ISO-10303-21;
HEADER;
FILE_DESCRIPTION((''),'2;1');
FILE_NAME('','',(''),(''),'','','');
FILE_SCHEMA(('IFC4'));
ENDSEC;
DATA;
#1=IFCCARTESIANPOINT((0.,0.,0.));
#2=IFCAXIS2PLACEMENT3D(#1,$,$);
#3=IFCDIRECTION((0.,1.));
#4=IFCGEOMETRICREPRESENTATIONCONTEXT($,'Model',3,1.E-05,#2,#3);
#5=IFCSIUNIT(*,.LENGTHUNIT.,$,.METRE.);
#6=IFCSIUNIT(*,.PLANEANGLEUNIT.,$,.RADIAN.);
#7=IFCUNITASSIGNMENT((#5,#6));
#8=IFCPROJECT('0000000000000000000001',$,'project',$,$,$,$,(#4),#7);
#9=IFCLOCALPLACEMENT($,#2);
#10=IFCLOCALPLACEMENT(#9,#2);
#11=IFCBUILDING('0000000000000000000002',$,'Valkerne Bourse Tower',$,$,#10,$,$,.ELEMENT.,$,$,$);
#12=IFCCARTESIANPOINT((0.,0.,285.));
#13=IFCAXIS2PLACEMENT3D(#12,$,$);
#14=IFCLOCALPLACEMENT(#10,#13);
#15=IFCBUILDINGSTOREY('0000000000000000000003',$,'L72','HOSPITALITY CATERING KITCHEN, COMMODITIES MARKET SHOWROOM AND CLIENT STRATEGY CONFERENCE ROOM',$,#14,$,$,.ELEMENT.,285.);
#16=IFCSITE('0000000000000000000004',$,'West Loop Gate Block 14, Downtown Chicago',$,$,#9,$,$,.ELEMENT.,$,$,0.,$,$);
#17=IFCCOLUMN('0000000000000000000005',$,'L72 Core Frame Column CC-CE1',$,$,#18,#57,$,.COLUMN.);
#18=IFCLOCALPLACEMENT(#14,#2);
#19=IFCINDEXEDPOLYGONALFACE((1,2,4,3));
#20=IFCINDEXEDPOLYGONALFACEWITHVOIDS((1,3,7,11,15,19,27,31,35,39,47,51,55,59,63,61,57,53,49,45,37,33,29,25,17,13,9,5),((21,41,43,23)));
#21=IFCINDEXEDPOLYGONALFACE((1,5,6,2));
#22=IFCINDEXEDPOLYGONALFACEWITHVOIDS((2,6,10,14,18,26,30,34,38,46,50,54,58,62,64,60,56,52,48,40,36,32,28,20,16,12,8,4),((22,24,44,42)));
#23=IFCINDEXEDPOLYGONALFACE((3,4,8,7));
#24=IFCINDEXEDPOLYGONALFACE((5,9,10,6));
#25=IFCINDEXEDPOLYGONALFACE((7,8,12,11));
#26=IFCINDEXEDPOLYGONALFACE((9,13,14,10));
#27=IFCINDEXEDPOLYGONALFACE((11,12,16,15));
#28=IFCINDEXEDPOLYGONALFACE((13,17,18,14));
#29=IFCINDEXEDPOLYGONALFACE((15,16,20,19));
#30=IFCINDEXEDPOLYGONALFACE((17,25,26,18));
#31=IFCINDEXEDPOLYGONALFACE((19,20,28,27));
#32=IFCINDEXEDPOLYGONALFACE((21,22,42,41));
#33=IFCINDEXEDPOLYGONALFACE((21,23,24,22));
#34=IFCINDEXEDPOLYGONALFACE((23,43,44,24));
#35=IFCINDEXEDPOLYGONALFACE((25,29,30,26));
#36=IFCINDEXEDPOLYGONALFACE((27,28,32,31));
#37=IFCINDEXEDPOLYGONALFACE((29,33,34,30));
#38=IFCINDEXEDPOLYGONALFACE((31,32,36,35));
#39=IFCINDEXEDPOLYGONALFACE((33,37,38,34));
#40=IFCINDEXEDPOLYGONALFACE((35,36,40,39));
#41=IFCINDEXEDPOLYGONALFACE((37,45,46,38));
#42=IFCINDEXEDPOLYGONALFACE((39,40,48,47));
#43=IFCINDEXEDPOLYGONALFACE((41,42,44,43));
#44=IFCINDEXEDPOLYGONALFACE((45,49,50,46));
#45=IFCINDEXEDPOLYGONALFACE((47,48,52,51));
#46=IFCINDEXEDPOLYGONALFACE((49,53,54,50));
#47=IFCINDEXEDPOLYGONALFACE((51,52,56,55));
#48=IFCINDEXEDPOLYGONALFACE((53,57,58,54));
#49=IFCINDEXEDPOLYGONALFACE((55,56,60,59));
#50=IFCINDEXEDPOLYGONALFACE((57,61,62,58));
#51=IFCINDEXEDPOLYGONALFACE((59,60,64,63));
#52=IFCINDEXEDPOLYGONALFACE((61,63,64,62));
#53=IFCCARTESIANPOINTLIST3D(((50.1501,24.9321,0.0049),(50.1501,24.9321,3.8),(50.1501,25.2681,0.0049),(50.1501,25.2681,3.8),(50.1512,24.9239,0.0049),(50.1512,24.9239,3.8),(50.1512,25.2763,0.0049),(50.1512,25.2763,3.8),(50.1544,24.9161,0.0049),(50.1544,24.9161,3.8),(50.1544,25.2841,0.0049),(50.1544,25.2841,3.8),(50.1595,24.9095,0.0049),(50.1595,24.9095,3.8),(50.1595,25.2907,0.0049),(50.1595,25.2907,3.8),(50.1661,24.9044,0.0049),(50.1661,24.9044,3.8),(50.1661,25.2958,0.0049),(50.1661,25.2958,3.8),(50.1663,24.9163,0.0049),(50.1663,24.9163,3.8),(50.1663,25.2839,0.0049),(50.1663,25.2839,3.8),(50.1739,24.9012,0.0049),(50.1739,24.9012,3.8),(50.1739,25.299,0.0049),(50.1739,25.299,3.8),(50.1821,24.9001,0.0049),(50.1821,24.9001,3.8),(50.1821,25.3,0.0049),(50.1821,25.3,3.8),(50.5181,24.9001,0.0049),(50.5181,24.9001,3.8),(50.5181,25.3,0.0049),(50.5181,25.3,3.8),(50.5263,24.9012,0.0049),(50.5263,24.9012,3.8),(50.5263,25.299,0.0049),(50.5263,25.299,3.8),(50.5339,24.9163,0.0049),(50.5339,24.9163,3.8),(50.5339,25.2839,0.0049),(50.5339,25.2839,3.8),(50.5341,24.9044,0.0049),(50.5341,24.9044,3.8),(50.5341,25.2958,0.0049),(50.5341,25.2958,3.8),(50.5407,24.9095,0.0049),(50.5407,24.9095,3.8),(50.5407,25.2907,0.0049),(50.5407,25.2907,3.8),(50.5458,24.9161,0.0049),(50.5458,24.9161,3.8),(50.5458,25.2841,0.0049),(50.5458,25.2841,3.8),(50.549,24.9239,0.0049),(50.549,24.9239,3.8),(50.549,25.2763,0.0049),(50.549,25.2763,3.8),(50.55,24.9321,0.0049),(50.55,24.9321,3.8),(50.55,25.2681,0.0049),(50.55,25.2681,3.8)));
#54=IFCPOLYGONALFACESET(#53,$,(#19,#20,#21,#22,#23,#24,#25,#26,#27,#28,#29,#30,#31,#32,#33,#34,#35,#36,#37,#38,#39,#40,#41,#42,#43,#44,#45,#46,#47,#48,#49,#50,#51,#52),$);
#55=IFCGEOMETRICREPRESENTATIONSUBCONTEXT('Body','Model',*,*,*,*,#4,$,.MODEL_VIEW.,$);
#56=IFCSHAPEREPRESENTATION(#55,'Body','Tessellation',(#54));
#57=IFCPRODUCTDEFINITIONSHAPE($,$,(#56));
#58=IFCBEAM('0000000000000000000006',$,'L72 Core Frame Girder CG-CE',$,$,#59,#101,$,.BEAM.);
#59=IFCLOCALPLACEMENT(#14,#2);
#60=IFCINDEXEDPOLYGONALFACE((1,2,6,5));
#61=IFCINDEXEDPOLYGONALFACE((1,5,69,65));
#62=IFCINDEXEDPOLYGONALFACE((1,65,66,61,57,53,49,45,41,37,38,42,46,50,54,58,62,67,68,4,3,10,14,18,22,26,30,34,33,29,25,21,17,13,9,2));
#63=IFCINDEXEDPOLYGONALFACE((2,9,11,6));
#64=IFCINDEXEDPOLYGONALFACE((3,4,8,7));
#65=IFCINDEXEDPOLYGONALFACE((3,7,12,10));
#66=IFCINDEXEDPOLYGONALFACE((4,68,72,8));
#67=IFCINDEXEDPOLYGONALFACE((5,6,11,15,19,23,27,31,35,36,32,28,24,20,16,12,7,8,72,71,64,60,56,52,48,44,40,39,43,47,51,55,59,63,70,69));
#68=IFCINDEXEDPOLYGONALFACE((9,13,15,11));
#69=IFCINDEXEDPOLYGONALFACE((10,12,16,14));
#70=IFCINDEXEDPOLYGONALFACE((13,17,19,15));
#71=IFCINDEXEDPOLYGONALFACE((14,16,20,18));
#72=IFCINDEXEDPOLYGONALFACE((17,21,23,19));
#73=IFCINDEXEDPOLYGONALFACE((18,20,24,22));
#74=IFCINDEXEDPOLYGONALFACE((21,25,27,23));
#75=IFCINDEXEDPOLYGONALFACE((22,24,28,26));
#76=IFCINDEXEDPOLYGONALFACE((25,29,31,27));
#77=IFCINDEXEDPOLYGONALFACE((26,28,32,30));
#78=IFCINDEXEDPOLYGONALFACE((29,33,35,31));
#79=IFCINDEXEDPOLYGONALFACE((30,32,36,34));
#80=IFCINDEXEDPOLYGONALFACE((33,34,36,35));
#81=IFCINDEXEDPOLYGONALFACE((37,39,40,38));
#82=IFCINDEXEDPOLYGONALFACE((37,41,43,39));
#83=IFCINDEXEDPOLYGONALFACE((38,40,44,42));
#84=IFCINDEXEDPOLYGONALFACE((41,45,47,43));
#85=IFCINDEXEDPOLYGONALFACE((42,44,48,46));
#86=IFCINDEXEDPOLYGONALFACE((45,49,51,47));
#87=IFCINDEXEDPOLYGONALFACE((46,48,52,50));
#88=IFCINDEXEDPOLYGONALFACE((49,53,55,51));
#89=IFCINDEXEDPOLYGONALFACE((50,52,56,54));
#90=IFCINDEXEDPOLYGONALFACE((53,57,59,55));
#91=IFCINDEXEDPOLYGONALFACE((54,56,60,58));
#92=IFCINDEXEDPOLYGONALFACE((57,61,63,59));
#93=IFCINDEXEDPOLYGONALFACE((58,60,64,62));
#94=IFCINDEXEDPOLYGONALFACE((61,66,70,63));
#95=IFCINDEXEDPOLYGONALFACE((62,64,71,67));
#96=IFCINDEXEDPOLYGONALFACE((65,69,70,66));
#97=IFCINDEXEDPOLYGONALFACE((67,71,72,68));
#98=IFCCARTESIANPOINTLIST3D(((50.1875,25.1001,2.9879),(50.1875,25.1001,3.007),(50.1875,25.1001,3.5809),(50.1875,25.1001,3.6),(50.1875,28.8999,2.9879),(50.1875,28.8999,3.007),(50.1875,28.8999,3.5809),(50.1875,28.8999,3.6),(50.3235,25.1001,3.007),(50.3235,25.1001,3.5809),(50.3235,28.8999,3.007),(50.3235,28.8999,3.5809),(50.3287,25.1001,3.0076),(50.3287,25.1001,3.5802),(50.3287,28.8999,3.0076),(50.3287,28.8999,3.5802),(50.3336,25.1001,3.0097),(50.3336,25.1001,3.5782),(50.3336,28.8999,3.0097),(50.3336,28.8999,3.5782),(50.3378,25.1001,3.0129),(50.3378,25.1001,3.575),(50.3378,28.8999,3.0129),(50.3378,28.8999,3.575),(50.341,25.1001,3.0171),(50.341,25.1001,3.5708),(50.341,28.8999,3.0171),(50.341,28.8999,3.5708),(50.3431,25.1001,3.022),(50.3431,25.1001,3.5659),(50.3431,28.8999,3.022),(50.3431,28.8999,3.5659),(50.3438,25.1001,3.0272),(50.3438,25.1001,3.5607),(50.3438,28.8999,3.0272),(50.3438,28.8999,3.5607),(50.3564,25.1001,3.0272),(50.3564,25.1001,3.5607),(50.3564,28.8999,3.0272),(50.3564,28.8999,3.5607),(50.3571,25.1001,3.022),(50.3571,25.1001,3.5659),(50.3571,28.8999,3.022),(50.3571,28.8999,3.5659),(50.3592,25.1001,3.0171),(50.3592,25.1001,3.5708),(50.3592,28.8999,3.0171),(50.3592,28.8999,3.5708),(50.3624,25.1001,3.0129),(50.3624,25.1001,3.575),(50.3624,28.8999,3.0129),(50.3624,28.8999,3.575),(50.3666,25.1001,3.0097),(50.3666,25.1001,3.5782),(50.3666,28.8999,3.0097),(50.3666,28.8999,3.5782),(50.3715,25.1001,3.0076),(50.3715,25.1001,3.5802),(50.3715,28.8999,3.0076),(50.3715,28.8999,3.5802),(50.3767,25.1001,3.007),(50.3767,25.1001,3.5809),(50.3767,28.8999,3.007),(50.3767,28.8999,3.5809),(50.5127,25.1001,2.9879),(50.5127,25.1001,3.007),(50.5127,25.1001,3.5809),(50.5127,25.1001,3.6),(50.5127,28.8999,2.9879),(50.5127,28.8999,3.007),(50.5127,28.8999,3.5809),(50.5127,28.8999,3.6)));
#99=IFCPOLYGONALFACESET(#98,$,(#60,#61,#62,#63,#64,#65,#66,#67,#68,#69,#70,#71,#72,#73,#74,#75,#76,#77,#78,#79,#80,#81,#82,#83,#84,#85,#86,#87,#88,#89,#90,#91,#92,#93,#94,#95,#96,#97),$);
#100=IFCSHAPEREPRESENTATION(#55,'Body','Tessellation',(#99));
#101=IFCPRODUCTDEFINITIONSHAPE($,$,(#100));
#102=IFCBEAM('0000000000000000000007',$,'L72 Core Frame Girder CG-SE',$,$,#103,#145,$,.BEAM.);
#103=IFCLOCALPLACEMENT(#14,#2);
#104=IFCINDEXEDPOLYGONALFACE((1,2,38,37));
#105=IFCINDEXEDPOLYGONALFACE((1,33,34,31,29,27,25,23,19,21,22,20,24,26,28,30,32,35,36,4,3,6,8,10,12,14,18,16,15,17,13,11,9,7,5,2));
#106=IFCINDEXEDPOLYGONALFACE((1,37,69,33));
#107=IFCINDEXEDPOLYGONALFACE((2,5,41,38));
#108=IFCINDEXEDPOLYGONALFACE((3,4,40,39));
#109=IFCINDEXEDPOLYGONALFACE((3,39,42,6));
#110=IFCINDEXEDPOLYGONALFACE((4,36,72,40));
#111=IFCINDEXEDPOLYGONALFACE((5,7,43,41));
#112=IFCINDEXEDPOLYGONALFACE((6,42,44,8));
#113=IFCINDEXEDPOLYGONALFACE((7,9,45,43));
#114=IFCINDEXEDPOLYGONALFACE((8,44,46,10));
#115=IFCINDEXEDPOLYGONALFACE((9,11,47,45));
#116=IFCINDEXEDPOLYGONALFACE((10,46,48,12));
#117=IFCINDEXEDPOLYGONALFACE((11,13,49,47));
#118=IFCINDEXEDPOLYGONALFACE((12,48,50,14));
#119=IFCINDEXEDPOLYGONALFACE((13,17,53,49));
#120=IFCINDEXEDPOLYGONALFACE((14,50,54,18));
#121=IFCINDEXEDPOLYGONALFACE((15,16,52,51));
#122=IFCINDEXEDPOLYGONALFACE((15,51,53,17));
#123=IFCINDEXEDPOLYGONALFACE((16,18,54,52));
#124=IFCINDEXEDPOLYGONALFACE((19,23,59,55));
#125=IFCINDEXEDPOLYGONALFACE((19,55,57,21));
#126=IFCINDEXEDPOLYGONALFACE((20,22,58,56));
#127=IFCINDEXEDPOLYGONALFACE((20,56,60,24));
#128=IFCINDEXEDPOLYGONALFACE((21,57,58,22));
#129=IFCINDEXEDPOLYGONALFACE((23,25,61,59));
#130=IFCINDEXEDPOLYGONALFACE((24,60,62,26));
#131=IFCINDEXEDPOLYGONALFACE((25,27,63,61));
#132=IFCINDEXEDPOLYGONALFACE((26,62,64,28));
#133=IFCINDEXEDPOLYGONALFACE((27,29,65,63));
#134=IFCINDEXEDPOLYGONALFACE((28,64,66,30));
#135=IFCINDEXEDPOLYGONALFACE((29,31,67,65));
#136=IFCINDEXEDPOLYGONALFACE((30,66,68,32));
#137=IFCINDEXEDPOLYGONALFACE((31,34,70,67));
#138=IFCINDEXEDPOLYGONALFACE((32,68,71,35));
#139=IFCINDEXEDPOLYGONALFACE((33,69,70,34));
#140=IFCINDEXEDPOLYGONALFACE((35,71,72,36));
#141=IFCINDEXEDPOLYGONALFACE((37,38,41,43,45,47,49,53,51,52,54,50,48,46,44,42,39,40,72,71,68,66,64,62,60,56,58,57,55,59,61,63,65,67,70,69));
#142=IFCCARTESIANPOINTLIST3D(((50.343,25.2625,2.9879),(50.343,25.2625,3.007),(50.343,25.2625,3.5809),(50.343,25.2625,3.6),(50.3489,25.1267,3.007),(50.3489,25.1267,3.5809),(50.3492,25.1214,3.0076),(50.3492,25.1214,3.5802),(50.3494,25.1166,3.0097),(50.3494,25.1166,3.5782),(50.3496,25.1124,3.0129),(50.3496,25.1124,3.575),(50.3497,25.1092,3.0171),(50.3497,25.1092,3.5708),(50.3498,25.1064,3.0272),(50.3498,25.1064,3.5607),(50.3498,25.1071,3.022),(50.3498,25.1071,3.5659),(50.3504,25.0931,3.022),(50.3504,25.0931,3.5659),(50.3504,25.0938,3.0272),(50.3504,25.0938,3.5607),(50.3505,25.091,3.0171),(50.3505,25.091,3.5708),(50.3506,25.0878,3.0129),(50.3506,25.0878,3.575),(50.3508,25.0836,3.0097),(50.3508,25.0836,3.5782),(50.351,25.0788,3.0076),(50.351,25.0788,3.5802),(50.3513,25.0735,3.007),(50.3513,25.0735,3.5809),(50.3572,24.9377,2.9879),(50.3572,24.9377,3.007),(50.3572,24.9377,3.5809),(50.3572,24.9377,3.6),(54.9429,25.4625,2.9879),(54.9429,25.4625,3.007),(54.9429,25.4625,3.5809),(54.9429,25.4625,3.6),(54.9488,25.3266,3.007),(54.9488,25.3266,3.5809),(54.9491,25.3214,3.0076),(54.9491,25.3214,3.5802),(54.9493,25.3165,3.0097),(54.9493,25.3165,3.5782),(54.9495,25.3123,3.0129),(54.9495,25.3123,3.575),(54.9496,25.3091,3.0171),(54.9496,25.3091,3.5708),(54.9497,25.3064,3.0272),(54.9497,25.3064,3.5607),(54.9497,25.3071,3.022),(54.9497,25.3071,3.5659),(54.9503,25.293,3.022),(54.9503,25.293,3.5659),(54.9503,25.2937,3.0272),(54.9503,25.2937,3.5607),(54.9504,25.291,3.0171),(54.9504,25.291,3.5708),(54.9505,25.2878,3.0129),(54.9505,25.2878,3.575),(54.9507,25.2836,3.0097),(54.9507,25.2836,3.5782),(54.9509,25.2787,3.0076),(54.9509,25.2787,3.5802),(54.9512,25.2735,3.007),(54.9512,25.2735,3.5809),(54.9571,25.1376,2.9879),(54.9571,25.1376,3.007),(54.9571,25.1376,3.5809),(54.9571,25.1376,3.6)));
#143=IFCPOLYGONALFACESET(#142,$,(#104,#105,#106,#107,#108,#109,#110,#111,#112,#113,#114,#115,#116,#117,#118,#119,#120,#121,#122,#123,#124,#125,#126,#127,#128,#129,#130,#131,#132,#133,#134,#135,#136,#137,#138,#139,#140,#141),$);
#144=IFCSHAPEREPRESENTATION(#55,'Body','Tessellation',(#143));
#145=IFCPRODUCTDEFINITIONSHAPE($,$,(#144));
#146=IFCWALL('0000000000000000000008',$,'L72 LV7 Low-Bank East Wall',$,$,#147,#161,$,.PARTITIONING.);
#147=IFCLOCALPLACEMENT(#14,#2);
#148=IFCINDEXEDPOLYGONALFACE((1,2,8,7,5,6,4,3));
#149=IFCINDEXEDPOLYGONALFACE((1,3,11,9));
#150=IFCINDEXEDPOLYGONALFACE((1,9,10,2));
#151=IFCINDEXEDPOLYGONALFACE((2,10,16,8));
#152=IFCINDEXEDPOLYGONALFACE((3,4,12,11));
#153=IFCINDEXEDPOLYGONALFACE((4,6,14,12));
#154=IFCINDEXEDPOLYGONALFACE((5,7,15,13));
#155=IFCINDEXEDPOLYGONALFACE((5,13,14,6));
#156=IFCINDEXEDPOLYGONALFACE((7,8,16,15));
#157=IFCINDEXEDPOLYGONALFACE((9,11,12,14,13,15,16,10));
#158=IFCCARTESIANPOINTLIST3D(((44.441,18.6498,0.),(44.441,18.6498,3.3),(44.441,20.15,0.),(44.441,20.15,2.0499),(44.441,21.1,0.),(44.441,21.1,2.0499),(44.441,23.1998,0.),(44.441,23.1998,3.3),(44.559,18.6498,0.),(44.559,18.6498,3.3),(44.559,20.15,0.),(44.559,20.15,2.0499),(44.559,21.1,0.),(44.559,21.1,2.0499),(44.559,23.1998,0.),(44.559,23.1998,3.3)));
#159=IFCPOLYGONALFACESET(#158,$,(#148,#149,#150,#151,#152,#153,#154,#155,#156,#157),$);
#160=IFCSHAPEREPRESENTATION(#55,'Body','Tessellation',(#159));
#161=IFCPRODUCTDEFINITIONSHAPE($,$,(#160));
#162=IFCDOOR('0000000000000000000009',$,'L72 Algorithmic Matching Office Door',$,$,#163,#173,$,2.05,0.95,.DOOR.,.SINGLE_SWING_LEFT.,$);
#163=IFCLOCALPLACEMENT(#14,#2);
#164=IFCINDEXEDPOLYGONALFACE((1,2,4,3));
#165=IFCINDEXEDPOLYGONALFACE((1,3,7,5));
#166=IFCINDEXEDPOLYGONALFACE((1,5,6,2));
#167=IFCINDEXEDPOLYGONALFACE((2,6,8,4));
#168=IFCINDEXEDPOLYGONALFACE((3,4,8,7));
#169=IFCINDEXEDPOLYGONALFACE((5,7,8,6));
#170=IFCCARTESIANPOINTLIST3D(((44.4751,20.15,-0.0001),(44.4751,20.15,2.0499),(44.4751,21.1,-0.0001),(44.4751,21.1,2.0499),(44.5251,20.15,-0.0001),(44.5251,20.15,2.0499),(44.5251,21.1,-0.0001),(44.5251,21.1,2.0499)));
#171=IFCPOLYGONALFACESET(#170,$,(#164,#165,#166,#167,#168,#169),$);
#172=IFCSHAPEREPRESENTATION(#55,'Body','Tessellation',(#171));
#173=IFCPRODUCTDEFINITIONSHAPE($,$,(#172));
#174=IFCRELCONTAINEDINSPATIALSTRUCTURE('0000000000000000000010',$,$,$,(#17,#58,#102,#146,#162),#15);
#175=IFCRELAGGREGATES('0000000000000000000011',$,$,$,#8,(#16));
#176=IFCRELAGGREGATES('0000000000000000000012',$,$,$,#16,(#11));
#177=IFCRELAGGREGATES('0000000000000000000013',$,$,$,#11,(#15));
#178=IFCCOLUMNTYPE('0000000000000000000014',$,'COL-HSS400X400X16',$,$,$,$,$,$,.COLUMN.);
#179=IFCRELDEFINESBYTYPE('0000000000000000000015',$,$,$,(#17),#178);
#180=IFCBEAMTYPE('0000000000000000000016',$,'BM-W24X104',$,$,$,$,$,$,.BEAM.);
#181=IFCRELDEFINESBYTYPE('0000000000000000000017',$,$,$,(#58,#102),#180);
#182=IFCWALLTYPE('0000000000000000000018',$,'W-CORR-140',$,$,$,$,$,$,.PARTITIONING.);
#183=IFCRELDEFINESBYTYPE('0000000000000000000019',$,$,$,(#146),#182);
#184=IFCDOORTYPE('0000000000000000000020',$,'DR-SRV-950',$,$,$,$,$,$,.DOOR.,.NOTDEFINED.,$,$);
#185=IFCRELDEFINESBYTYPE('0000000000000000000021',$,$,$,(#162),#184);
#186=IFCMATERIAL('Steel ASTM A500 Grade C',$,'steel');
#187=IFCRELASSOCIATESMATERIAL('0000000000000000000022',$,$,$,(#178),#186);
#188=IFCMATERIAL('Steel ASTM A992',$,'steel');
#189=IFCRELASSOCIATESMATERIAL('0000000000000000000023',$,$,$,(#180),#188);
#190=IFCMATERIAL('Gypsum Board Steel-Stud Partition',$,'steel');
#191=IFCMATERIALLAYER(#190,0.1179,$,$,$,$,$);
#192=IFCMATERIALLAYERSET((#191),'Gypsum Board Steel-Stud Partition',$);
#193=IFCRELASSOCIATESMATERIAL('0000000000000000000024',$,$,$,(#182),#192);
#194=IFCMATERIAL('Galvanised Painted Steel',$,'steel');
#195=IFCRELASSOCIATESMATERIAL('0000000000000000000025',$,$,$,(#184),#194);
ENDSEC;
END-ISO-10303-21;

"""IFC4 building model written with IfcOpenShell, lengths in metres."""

from ifc_helpers import new_model, si_unit, direction, frame, frame_2d, origin, origin_2d, place, context, subcontext, project, spatial, rectangle, hollow_rectangle, i_section, extrude, material, layer, layer_set, material_profile, profile_set, type_object, element, fill, save


model = new_model("IFC4")

# Units and contexts
model_context = context("Model", 3, precision=1e-05, world=origin(), true_north=direction((0.0, 1.0)))
body_context = subcontext(model_context, "Body", "Model", "MODEL_VIEW")
ifc_project = project(units=[si_unit("LENGTHUNIT", "METRE"), si_unit("PLANEANGLEUNIT", "RADIAN")], contexts=[model_context])

# Site, building, storey
site_placement = place(None, origin())
site = spatial("IfcSite", under=ifc_project, at=site_placement, Name="West Loop Gate Block 14, Downtown Chicago", CompositionType="ELEMENT", RefElevation=0.0)
building_placement = place(site_placement, origin())
building = spatial("IfcBuilding", under=site, at=building_placement, Name="Valkerne Bourse Tower", CompositionType="ELEMENT")
storey_placement = place(building_placement, frame((0.0, 0.0, 285.0)))
storey = spatial("IfcBuildingStorey", under=building, at=storey_placement, Name="L72", Description="HOSPITALITY CATERING KITCHEN, COMMODITIES MARKET SHOWROOM AND CLIENT STRATEGY CONFERENCE ROOM", CompositionType="ELEMENT", Elevation=285.0)

# Column
ifc_material_1 = material(Name="Steel ASTM A500 Grade C", Category="steel")
ifc_material_profile_1 = material_profile(ifc_material_1, hollow_rectangle(XDim=0.3999, YDim=0.3999, WallThickness=0.0161, OuterFilletRadius=0.032, at=origin_2d()), Name="HSS400X400X16")
ifc_profile_set_1 = profile_set([ifc_material_profile_1], Name="Steel ASTM A500 Grade C")
column_type = type_object("IfcColumnType", Name="COL-HSS400X400X16", PredefinedType="COLUMN", material=ifc_profile_set_1)
column_placement = place(storey_placement, frame((50.3501, 25.1001, 0.0049), z_axis=(0.0, 0.0, 1.0), x_axis=(1.0, 0.0, 0.0)))
element("IfcColumn", 1, at=column_placement, inside=storey, type_object=column_type, Name="L72 Core Frame Column CC-CE1", PredefinedType="COLUMN", context=body_context, shape_type="SweptSolid", body=[
    extrude(hollow_rectangle(XDim=0.3999, YDim=0.3999, WallThickness=0.0161, OuterFilletRadius=0.032, at=origin_2d()), origin(), (0.0, 0.0, 1.0), 3.7952),
])

# Beams
ifc_material_2 = material(Name="Steel ASTM A992", Category="steel")
ifc_material_profile_2 = material_profile(ifc_material_2, i_section(OverallWidth=0.3252, OverallDepth=0.6121, WebThickness=0.0127, FlangeThickness=0.019, FilletRadius=0.0203, at=origin_2d()), Name="W24X104")
ifc_profile_set_2 = profile_set([ifc_material_profile_2], Name="Steel ASTM A992")
beam_type = type_object("IfcBeamType", Name="BM-W24X104", PredefinedType="BEAM", material=ifc_profile_set_2)
beam_1_placement = place(storey_placement, frame((50.3501, 25.1001, 3.2939), z_axis=(0.0, 1.0, 0.0), x_axis=(-1.0, 0.0, 0.0)))
element("IfcBeam", 2, at=beam_1_placement, inside=storey, type_object=beam_type, Name="L72 Core Frame Girder CG-CE", PredefinedType="BEAM", context=body_context, shape_type="SweptSolid", body=[
    extrude(i_section(OverallWidth=0.3252, OverallDepth=0.6121, WebThickness=0.0127, FlangeThickness=0.019, FilletRadius=0.0203, at=origin_2d()), origin(), (0.0, 0.0, 1.0), 3.7998),
])
beam_2_placement = place(storey_placement, frame((50.3501, 25.1001, 3.2939), z_axis=(0.999057, 0.043428, 0.0), x_axis=(-0.043428, 0.999057, 0.0)))
element("IfcBeam", 3, at=beam_2_placement, inside=storey, type_object=beam_type, Name="L72 Core Frame Girder CG-SE", PredefinedType="BEAM", context=body_context, shape_type="SweptSolid", body=[
    extrude(i_section(OverallWidth=0.3252, OverallDepth=0.6121, WebThickness=0.0127, FlangeThickness=0.019, FilletRadius=0.0203, at=origin_2d()), origin(), (0.0, 0.0, 1.0), 4.6042),
])

# Wall, opening, door
ifc_material_3 = material(Name="Gypsum Board Steel-Stud Partition", Category="steel")
ifc_layer_1 = layer(ifc_material_3, 0.1179)
ifc_layer_set_1 = layer_set([ifc_layer_1], Name="Gypsum Board Steel-Stud Partition")
wall_type_1 = type_object("IfcWallType", Name="W-CORR-140", PredefinedType="PARTITIONING", material=ifc_layer_set_1)
wall_1_placement = place(storey_placement, frame((44.5, 18.6499, 0.0), z_axis=(0.0, 0.0, 1.0), x_axis=(0.0, 1.0, 0.0)))
wall_1 = element("IfcWall", 4, at=wall_1_placement, inside=storey, type_object=wall_type_1, Name="L72 LV7 Low-Bank East Wall", PredefinedType="PARTITIONING", context=body_context, shape_type="SweptSolid", body=[
    extrude(rectangle(XDim=4.55, YDim=0.1179, at=frame_2d((2.2749, 0.0))), origin(), (0.0, 0.0, 1.0), 3.3),
])
opening_1_placement = place(wall_1_placement, frame((1.5, 0.0, 0.0)))
opening_1 = element("IfcOpeningElement", 5, at=opening_1_placement, cuts=wall_1, PredefinedType="OPENING", context=body_context, shape_type="SweptSolid", body=[
    extrude(rectangle(XDim=0.95, YDim=2.05, at=frame_2d((0.4751, 1.0249))), frame((0.0, 0.0688, 0.0), z_axis=(0.0, -1.0, 0.0), x_axis=(1.0, 0.0, 0.0)), (0.0, 0.0, 1.0), 0.1379),
])
ifc_material_4 = material(Name="Galvanised Painted Steel", Category="steel")
door_type_1 = type_object("IfcDoorType", Name="DR-SRV-950", OperationType="NOTDEFINED", PredefinedType="DOOR", material=ifc_material_4)
door_1_placement = place(opening_1_placement, origin())
door_1 = element("IfcDoor", 6, at=door_1_placement, inside=storey, type_object=door_type_1, Name="L72 Algorithmic Matching Office Door", OperationType="SINGLE_SWING_LEFT", OverallHeight=2.05, OverallWidth=0.95, PredefinedType="DOOR", context=body_context, shape_type="SweptSolid", body=[
    extrude(rectangle(XDim=0.95, YDim=2.05, at=frame_2d((0.4751, 1.0249))), frame((0.0, 0.0249, 0.0), z_axis=(0.0, -1.0, 0.0), x_axis=(1.0, 0.0, 0.0)), (0.0, 0.0, 1.0), 0.05),
])
fill(opening_1, door_1)

save(model, "model.ifc")
